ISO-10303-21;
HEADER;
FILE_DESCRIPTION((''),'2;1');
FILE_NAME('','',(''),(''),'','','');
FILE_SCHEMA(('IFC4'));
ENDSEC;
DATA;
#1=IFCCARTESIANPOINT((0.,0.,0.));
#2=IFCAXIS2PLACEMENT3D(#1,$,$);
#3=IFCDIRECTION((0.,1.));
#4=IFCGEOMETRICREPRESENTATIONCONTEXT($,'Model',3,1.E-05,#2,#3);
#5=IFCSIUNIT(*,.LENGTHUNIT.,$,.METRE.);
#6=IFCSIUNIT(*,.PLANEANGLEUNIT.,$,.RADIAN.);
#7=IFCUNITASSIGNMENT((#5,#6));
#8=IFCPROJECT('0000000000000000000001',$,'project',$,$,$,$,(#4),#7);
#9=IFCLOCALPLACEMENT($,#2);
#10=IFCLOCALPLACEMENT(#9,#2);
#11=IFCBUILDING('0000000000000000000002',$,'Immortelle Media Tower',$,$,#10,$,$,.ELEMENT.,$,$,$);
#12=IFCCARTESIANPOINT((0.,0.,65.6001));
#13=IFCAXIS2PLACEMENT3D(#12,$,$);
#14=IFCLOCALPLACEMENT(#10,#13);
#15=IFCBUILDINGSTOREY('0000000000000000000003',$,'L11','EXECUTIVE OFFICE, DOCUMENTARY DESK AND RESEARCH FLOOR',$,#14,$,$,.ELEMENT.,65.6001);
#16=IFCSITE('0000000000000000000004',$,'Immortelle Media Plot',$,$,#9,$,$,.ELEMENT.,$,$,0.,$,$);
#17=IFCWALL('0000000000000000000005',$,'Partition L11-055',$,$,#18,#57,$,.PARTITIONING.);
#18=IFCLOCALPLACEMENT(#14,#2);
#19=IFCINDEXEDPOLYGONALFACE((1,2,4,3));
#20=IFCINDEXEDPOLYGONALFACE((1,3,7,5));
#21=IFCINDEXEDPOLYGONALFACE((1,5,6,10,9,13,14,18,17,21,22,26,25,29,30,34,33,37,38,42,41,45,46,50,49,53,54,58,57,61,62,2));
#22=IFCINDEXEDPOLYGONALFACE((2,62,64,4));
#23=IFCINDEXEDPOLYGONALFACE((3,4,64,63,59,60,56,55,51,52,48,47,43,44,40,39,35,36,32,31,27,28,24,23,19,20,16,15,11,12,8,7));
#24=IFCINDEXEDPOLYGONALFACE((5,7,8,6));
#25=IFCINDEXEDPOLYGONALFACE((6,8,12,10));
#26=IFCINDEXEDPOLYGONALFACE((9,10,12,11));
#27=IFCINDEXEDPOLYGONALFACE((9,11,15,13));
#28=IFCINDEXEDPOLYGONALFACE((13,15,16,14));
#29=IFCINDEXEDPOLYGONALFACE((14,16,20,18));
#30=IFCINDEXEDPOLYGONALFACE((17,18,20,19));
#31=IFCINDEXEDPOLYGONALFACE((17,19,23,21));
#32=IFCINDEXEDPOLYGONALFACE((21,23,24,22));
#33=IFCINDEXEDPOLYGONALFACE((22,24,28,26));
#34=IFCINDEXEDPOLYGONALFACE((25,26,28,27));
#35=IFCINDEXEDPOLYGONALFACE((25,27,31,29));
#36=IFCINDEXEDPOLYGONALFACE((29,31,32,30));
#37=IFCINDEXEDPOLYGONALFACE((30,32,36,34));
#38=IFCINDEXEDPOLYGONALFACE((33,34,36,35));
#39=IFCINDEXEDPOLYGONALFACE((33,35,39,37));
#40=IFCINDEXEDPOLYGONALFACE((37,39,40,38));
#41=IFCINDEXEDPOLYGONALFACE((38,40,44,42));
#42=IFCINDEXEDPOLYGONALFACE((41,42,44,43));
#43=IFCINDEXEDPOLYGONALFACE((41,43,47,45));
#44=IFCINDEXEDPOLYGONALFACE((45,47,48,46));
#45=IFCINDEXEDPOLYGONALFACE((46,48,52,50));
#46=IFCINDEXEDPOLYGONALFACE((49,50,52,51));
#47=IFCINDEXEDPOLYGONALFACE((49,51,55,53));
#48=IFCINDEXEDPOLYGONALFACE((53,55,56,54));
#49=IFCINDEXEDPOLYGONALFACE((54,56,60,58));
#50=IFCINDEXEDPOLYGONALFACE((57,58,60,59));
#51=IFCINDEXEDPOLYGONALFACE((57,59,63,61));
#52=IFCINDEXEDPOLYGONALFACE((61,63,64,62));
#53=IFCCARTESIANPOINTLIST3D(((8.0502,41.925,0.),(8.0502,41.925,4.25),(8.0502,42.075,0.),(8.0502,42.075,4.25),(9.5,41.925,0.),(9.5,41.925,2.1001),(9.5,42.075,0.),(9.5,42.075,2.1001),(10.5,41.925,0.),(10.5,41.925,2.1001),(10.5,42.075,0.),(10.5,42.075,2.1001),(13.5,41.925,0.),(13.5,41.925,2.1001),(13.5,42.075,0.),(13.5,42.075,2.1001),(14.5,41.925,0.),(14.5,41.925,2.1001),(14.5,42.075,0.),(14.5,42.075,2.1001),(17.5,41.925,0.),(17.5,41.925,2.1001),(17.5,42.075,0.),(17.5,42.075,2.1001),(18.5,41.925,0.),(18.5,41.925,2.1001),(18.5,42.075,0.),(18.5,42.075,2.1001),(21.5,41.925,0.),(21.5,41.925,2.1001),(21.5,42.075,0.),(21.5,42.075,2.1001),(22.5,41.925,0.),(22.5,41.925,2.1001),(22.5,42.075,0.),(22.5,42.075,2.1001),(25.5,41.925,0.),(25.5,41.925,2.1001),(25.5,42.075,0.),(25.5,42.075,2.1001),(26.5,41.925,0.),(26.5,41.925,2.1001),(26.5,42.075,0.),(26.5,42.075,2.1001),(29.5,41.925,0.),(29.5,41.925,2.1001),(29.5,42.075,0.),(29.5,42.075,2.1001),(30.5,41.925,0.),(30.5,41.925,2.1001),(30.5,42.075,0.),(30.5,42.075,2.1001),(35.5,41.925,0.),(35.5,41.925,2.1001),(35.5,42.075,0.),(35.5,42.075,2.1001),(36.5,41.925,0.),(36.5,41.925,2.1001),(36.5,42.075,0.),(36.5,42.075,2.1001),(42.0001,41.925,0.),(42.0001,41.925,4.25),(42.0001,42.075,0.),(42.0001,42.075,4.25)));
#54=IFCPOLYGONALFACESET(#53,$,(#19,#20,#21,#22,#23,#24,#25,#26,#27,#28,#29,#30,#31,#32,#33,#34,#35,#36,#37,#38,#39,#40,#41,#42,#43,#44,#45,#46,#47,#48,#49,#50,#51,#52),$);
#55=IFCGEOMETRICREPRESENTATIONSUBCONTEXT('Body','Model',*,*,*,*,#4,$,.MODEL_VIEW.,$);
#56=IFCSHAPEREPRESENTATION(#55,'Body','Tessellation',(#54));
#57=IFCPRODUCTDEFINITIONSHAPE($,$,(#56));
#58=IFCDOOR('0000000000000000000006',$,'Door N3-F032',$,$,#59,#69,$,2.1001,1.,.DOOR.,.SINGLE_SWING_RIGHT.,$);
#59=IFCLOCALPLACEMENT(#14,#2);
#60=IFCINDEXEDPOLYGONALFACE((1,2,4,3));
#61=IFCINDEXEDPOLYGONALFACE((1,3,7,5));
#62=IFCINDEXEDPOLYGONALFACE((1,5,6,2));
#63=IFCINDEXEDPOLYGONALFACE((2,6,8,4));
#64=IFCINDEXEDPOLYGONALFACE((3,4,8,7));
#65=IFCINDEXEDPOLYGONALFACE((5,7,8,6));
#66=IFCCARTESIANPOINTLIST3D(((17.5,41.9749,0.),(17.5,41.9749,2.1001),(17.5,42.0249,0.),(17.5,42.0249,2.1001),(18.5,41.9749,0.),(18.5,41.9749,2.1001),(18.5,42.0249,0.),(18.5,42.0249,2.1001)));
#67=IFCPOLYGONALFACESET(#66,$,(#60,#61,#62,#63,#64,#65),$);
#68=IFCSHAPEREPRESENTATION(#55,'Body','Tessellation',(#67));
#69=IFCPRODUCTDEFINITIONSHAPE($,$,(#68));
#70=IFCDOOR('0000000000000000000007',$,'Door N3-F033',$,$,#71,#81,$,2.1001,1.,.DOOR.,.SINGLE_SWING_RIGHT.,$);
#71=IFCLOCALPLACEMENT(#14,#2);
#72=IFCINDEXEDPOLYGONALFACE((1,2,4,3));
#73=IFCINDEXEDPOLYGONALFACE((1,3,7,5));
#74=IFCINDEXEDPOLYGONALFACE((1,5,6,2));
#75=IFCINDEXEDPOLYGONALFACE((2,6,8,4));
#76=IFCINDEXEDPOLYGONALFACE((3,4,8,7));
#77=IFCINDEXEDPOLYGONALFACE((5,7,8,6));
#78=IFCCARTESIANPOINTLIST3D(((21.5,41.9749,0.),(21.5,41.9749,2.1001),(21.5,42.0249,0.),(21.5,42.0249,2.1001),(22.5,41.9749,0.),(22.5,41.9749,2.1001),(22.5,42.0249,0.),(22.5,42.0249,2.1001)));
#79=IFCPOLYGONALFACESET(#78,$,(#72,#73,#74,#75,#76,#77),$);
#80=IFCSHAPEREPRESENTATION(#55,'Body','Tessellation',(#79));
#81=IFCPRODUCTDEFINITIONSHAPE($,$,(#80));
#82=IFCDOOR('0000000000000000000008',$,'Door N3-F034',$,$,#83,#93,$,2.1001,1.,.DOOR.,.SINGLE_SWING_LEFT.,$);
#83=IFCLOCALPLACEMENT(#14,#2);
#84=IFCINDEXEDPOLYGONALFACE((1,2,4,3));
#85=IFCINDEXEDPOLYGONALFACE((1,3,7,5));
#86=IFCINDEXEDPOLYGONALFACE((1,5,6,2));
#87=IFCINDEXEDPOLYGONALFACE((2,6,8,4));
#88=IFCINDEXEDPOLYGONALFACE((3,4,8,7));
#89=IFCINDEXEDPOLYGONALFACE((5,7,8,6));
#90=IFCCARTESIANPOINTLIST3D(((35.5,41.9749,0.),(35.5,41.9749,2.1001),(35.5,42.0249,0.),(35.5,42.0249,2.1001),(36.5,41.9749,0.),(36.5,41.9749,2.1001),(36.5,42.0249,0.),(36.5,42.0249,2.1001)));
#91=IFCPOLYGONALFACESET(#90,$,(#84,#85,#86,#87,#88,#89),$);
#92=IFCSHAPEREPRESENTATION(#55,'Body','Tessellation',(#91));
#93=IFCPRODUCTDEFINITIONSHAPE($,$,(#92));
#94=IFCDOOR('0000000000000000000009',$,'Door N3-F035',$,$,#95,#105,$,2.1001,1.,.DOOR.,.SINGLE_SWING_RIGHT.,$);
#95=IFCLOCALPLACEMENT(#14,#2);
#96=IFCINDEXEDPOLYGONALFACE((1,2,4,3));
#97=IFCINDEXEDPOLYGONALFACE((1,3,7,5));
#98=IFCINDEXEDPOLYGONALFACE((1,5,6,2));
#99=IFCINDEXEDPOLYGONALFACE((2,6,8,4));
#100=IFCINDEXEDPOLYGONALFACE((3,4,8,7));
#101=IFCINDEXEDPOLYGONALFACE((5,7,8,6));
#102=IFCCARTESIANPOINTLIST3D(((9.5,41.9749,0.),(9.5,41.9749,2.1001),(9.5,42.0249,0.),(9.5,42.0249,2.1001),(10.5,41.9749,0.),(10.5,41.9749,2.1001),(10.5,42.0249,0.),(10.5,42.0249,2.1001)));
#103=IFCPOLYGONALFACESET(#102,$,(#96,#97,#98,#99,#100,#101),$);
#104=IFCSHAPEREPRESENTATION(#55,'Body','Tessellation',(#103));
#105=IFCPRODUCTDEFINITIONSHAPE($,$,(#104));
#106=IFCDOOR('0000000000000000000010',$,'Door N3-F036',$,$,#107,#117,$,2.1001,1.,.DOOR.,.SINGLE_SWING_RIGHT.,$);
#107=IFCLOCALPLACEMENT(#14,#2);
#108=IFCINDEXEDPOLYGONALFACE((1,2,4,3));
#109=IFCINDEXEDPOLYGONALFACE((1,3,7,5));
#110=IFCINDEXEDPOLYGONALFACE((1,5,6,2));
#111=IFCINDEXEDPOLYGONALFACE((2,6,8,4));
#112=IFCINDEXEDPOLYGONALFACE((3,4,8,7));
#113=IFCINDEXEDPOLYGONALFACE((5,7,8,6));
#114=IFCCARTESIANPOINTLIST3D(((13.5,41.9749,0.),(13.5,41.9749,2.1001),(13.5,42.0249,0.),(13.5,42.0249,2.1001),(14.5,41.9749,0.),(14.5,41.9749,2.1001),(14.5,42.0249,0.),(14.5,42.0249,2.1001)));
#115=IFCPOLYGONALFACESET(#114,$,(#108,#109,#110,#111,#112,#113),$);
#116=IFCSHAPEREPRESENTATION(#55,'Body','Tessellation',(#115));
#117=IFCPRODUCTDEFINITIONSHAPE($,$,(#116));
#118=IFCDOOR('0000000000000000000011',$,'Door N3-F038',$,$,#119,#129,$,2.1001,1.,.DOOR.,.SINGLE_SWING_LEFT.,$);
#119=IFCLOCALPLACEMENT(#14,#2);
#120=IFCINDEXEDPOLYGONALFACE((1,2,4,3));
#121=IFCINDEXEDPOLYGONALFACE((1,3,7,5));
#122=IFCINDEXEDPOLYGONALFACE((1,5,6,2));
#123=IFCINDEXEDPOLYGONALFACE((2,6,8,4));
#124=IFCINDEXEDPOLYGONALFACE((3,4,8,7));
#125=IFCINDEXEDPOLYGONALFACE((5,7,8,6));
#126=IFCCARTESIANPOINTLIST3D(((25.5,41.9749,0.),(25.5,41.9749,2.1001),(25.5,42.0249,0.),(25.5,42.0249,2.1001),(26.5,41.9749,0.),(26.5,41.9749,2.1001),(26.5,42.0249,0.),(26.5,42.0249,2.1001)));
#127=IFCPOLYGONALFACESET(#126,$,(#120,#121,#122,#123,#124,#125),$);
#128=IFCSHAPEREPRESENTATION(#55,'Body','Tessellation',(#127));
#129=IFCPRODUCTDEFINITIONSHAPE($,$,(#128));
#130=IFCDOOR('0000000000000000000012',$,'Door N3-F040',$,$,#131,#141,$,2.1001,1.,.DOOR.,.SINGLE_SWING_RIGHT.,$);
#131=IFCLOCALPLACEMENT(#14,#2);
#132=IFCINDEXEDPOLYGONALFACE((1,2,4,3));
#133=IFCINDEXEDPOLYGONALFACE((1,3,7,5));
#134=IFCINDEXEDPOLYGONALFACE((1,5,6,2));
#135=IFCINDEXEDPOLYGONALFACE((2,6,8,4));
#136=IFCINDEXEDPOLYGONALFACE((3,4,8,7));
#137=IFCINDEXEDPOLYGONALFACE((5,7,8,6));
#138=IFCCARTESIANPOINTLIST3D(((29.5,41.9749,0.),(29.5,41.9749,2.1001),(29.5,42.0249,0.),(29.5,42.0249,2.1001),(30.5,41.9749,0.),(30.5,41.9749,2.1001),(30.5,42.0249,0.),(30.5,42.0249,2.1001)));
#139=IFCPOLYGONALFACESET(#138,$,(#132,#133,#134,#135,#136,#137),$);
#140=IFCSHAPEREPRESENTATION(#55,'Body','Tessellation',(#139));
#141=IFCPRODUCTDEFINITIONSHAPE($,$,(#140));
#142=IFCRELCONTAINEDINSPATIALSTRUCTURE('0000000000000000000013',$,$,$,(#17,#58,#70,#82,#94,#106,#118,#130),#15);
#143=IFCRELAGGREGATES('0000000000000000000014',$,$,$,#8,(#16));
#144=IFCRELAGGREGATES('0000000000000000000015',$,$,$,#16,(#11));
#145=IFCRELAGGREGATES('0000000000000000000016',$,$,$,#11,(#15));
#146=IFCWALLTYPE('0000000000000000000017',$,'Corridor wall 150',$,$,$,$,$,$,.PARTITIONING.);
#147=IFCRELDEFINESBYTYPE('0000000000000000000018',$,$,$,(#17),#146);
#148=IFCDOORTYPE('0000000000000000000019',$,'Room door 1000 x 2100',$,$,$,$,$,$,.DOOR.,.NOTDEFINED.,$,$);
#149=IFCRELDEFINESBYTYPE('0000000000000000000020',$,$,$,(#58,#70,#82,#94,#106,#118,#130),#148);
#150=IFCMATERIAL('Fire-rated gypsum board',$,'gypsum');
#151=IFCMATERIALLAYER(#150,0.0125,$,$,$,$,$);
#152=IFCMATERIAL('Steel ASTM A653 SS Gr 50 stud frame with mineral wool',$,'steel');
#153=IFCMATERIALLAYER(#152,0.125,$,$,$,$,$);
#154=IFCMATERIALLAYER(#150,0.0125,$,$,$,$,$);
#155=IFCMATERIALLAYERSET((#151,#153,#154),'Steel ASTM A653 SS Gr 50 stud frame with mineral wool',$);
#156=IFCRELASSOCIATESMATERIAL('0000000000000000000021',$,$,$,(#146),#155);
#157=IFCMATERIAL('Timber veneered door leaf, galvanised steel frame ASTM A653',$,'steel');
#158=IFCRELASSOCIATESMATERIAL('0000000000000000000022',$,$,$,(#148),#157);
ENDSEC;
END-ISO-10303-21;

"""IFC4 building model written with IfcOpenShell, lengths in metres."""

from ifc_helpers import new_model, si_unit, direction, frame, frame_2d, origin, place, context, subcontext, project, spatial, rectangle, extrude, material, layer, layer_set, type_object, element, fill, save


model = new_model("IFC4")

# Units and contexts
model_context = context("Model", 3, precision=1e-05, world=origin(), true_north=direction((0.0, 1.0)))
body_context = subcontext(model_context, "Body", "Model", "MODEL_VIEW")
ifc_project = project(units=[si_unit("LENGTHUNIT", "METRE"), si_unit("PLANEANGLEUNIT", "RADIAN")], contexts=[model_context])

# Site, building, storey
site_placement = place(None, origin())
site = spatial("IfcSite", under=ifc_project, at=site_placement, Name="Immortelle Media Plot", CompositionType="ELEMENT", RefElevation=0.0)
building_placement = place(site_placement, origin())
building = spatial("IfcBuilding", under=site, at=building_placement, Name="Immortelle Media Tower", CompositionType="ELEMENT")
storey_placement = place(building_placement, frame((0.0, 0.0, 65.6001)))
storey = spatial("IfcBuildingStorey", under=building, at=storey_placement, Name="L11", Description="EXECUTIVE OFFICE, DOCUMENTARY DESK AND RESEARCH FLOOR", CompositionType="ELEMENT", Elevation=65.6001)

# Shared definitions
ifc_material_1 = material(Name="Fire-rated gypsum board", Category="gypsum")
ifc_material_2 = material(Name="Steel ASTM A653 SS Gr 50 stud frame with mineral wool", Category="steel")

# Wall, openings, doors
ifc_layer_1 = layer(ifc_material_1, 0.0125)
ifc_layer_2 = layer(ifc_material_2, 0.125)
ifc_layer_3 = layer(ifc_material_1, 0.0125)
ifc_layer_set_1 = layer_set([ifc_layer_1, ifc_layer_2, ifc_layer_3], Name="Steel ASTM A653 SS Gr 50 stud frame with mineral wool")
wall_type_1 = type_object("IfcWallType", Name="Corridor wall 150", PredefinedType="PARTITIONING", material=ifc_layer_set_1)
wall_1_placement = place(storey_placement, frame((8.05, 42.0, 0.0), z_axis=(0.0, 0.0, 1.0), x_axis=(1.0, 0.0, 0.0)))
wall_1 = element("IfcWall", 1, at=wall_1_placement, inside=storey, type_object=wall_type_1, Name="Partition L11-055", PredefinedType="PARTITIONING", context=body_context, shape_type="SweptSolid", body=[
    extrude(rectangle(XDim=33.95, YDim=0.1499, at=frame_2d((16.9751, 0.0))), origin(), (0.0, 0.0, 1.0), 4.25),
])
opening_1_placement = place(wall_1_placement, frame((9.45, 0.0, 0.0)))
opening_1 = element("IfcOpeningElement", 2, at=opening_1_placement, cuts=wall_1, PredefinedType="OPENING", context=body_context, shape_type="SweptSolid", body=[
    extrude(rectangle(XDim=1.0, YDim=2.1001, at=frame_2d((0.5, 1.05))), frame((0.0, 0.085, 0.0), z_axis=(0.0, -1.0, 0.0), x_axis=(1.0, 0.0, 0.0)), (0.0, 0.0, 1.0), 0.1699),
])
opening_2_placement = place(wall_1_placement, frame((13.45, 0.0, 0.0)))
opening_2 = element("IfcOpeningElement", 3, at=opening_2_placement, cuts=wall_1, PredefinedType="OPENING", context=body_context, shape_type="SweptSolid", body=[
    extrude(rectangle(XDim=1.0, YDim=2.1001, at=frame_2d((0.5, 1.05))), frame((0.0, 0.085, 0.0), z_axis=(0.0, -1.0, 0.0), x_axis=(1.0, 0.0, 0.0)), (0.0, 0.0, 1.0), 0.1699),
])
opening_3_placement = place(wall_1_placement, frame((27.45, 0.0, 0.0)))
opening_3 = element("IfcOpeningElement", 4, at=opening_3_placement, cuts=wall_1, PredefinedType="OPENING", context=body_context, shape_type="SweptSolid", body=[
    extrude(rectangle(XDim=1.0, YDim=2.1001, at=frame_2d((0.5, 1.05))), frame((0.0, 0.085, 0.0), z_axis=(0.0, -1.0, 0.0), x_axis=(1.0, 0.0, 0.0)), (0.0, 0.0, 1.0), 0.1699),
])
opening_4_placement = place(wall_1_placement, frame((1.45, 0.0, 0.0)))
opening_4 = element("IfcOpeningElement", 5, at=opening_4_placement, cuts=wall_1, PredefinedType="OPENING", context=body_context, shape_type="SweptSolid", body=[
    extrude(rectangle(XDim=1.0, YDim=2.1001, at=frame_2d((0.5, 1.05))), frame((0.0, 0.085, 0.0), z_axis=(0.0, -1.0, 0.0), x_axis=(1.0, 0.0, 0.0)), (0.0, 0.0, 1.0), 0.1699),
])
opening_5_placement = place(wall_1_placement, frame((5.45, 0.0, 0.0)))
opening_5 = element("IfcOpeningElement", 6, at=opening_5_placement, cuts=wall_1, PredefinedType="OPENING", context=body_context, shape_type="SweptSolid", body=[
    extrude(rectangle(XDim=1.0, YDim=2.1001, at=frame_2d((0.5, 1.05))), frame((0.0, 0.085, 0.0), z_axis=(0.0, -1.0, 0.0), x_axis=(1.0, 0.0, 0.0)), (0.0, 0.0, 1.0), 0.1699),
])
opening_6_placement = place(wall_1_placement, frame((17.45, 0.0, 0.0)))
opening_6 = element("IfcOpeningElement", 7, at=opening_6_placement, cuts=wall_1, PredefinedType="OPENING", context=body_context, shape_type="SweptSolid", body=[
    extrude(rectangle(XDim=1.0, YDim=2.1001, at=frame_2d((0.5, 1.05))), frame((0.0, 0.085, 0.0), z_axis=(0.0, -1.0, 0.0), x_axis=(1.0, 0.0, 0.0)), (0.0, 0.0, 1.0), 0.1699),
])
opening_7_placement = place(wall_1_placement, frame((21.45, 0.0, 0.0)))
opening_7 = element("IfcOpeningElement", 8, at=opening_7_placement, cuts=wall_1, PredefinedType="OPENING", context=body_context, shape_type="SweptSolid", body=[
    extrude(rectangle(XDim=1.0, YDim=2.1001, at=frame_2d((0.5, 1.05))), frame((0.0, 0.085, 0.0), z_axis=(0.0, -1.0, 0.0), x_axis=(1.0, 0.0, 0.0)), (0.0, 0.0, 1.0), 0.1699),
])
ifc_material_3 = material(Name="Timber veneered door leaf, galvanised steel frame ASTM A653", Category="steel")
door_type_1 = type_object("IfcDoorType", Name="Room door 1000 x 2100", OperationType="NOTDEFINED", PredefinedType="DOOR", material=ifc_material_3)
door_1_placement = place(opening_1_placement, origin())
door_1 = element("IfcDoor", 9, at=door_1_placement, inside=storey, type_object=door_type_1, Name="Door N3-F032", OperationType="SINGLE_SWING_RIGHT", OverallHeight=2.1001, OverallWidth=1.0, PredefinedType="DOOR", context=body_context, shape_type="SweptSolid", body=[
    extrude(rectangle(XDim=1.0, YDim=2.1001, at=frame_2d((0.5, 1.05))), frame((0.0, 0.0249, 0.0), z_axis=(0.0, -1.0, 0.0), x_axis=(1.0, 0.0, 0.0)), (0.0, 0.0, 1.0), 0.05),
])
fill(opening_1, door_1)
door_2_placement = place(opening_2_placement, origin())
door_2 = element("IfcDoor", 10, at=door_2_placement, inside=storey, type_object=door_type_1, Name="Door N3-F033", OperationType="SINGLE_SWING_RIGHT", OverallHeight=2.1001, OverallWidth=1.0, PredefinedType="DOOR", context=body_context, shape_type="SweptSolid", body=[
    extrude(rectangle(XDim=1.0, YDim=2.1001, at=frame_2d((0.5, 1.05))), frame((0.0, 0.0249, 0.0), z_axis=(0.0, -1.0, 0.0), x_axis=(1.0, 0.0, 0.0)), (0.0, 0.0, 1.0), 0.05),
])
fill(opening_2, door_2)
door_3_placement = place(opening_3_placement, origin())
door_3 = element("IfcDoor", 11, at=door_3_placement, inside=storey, type_object=door_type_1, Name="Door N3-F034", OperationType="SINGLE_SWING_LEFT", OverallHeight=2.1001, OverallWidth=1.0, PredefinedType="DOOR", context=body_context, shape_type="SweptSolid", body=[
    extrude(rectangle(XDim=1.0, YDim=2.1001, at=frame_2d((0.5, 1.05))), frame((0.0, 0.0249, 0.0), z_axis=(0.0, -1.0, 0.0), x_axis=(1.0, 0.0, 0.0)), (0.0, 0.0, 1.0), 0.05),
])
fill(opening_3, door_3)
door_4_placement = place(opening_4_placement, origin())
door_4 = element("IfcDoor", 12, at=door_4_placement, inside=storey, type_object=door_type_1, Name="Door N3-F035", OperationType="SINGLE_SWING_RIGHT", OverallHeight=2.1001, OverallWidth=1.0, PredefinedType="DOOR", context=body_context, shape_type="SweptSolid", body=[
    extrude(rectangle(XDim=1.0, YDim=2.1001, at=frame_2d((0.5, 1.05))), frame((0.0, 0.0249, 0.0), z_axis=(0.0, -1.0, 0.0), x_axis=(1.0, 0.0, 0.0)), (0.0, 0.0, 1.0), 0.05),
])
fill(opening_4, door_4)
door_5_placement = place(opening_5_placement, origin())
door_5 = element("IfcDoor", 13, at=door_5_placement, inside=storey, type_object=door_type_1, Name="Door N3-F036", OperationType="SINGLE_SWING_RIGHT", OverallHeight=2.1001, OverallWidth=1.0, PredefinedType="DOOR", context=body_context, shape_type="SweptSolid", body=[
    extrude(rectangle(XDim=1.0, YDim=2.1001, at=frame_2d((0.5, 1.05))), frame((0.0, 0.0249, 0.0), z_axis=(0.0, -1.0, 0.0), x_axis=(1.0, 0.0, 0.0)), (0.0, 0.0, 1.0), 0.05),
])
fill(opening_5, door_5)
door_6_placement = place(opening_6_placement, origin())
door_6 = element("IfcDoor", 14, at=door_6_placement, inside=storey, type_object=door_type_1, Name="Door N3-F038", OperationType="SINGLE_SWING_LEFT", OverallHeight=2.1001, OverallWidth=1.0, PredefinedType="DOOR", context=body_context, shape_type="SweptSolid", body=[
    extrude(rectangle(XDim=1.0, YDim=2.1001, at=frame_2d((0.5, 1.05))), frame((0.0, 0.0249, 0.0), z_axis=(0.0, -1.0, 0.0), x_axis=(1.0, 0.0, 0.0)), (0.0, 0.0, 1.0), 0.05),
])
fill(opening_6, door_6)
door_7_placement = place(opening_7_placement, origin())
door_7 = element("IfcDoor", 15, at=door_7_placement, inside=storey, type_object=door_type_1, Name="Door N3-F040", OperationType="SINGLE_SWING_RIGHT", OverallHeight=2.1001, OverallWidth=1.0, PredefinedType="DOOR", context=body_context, shape_type="SweptSolid", body=[
    extrude(rectangle(XDim=1.0, YDim=2.1001, at=frame_2d((0.5, 1.05))), frame((0.0, 0.0249, 0.0), z_axis=(0.0, -1.0, 0.0), x_axis=(1.0, 0.0, 0.0)), (0.0, 0.0, 1.0), 0.05),
])
fill(opening_7, door_7)

save(model, "model.ifc")
